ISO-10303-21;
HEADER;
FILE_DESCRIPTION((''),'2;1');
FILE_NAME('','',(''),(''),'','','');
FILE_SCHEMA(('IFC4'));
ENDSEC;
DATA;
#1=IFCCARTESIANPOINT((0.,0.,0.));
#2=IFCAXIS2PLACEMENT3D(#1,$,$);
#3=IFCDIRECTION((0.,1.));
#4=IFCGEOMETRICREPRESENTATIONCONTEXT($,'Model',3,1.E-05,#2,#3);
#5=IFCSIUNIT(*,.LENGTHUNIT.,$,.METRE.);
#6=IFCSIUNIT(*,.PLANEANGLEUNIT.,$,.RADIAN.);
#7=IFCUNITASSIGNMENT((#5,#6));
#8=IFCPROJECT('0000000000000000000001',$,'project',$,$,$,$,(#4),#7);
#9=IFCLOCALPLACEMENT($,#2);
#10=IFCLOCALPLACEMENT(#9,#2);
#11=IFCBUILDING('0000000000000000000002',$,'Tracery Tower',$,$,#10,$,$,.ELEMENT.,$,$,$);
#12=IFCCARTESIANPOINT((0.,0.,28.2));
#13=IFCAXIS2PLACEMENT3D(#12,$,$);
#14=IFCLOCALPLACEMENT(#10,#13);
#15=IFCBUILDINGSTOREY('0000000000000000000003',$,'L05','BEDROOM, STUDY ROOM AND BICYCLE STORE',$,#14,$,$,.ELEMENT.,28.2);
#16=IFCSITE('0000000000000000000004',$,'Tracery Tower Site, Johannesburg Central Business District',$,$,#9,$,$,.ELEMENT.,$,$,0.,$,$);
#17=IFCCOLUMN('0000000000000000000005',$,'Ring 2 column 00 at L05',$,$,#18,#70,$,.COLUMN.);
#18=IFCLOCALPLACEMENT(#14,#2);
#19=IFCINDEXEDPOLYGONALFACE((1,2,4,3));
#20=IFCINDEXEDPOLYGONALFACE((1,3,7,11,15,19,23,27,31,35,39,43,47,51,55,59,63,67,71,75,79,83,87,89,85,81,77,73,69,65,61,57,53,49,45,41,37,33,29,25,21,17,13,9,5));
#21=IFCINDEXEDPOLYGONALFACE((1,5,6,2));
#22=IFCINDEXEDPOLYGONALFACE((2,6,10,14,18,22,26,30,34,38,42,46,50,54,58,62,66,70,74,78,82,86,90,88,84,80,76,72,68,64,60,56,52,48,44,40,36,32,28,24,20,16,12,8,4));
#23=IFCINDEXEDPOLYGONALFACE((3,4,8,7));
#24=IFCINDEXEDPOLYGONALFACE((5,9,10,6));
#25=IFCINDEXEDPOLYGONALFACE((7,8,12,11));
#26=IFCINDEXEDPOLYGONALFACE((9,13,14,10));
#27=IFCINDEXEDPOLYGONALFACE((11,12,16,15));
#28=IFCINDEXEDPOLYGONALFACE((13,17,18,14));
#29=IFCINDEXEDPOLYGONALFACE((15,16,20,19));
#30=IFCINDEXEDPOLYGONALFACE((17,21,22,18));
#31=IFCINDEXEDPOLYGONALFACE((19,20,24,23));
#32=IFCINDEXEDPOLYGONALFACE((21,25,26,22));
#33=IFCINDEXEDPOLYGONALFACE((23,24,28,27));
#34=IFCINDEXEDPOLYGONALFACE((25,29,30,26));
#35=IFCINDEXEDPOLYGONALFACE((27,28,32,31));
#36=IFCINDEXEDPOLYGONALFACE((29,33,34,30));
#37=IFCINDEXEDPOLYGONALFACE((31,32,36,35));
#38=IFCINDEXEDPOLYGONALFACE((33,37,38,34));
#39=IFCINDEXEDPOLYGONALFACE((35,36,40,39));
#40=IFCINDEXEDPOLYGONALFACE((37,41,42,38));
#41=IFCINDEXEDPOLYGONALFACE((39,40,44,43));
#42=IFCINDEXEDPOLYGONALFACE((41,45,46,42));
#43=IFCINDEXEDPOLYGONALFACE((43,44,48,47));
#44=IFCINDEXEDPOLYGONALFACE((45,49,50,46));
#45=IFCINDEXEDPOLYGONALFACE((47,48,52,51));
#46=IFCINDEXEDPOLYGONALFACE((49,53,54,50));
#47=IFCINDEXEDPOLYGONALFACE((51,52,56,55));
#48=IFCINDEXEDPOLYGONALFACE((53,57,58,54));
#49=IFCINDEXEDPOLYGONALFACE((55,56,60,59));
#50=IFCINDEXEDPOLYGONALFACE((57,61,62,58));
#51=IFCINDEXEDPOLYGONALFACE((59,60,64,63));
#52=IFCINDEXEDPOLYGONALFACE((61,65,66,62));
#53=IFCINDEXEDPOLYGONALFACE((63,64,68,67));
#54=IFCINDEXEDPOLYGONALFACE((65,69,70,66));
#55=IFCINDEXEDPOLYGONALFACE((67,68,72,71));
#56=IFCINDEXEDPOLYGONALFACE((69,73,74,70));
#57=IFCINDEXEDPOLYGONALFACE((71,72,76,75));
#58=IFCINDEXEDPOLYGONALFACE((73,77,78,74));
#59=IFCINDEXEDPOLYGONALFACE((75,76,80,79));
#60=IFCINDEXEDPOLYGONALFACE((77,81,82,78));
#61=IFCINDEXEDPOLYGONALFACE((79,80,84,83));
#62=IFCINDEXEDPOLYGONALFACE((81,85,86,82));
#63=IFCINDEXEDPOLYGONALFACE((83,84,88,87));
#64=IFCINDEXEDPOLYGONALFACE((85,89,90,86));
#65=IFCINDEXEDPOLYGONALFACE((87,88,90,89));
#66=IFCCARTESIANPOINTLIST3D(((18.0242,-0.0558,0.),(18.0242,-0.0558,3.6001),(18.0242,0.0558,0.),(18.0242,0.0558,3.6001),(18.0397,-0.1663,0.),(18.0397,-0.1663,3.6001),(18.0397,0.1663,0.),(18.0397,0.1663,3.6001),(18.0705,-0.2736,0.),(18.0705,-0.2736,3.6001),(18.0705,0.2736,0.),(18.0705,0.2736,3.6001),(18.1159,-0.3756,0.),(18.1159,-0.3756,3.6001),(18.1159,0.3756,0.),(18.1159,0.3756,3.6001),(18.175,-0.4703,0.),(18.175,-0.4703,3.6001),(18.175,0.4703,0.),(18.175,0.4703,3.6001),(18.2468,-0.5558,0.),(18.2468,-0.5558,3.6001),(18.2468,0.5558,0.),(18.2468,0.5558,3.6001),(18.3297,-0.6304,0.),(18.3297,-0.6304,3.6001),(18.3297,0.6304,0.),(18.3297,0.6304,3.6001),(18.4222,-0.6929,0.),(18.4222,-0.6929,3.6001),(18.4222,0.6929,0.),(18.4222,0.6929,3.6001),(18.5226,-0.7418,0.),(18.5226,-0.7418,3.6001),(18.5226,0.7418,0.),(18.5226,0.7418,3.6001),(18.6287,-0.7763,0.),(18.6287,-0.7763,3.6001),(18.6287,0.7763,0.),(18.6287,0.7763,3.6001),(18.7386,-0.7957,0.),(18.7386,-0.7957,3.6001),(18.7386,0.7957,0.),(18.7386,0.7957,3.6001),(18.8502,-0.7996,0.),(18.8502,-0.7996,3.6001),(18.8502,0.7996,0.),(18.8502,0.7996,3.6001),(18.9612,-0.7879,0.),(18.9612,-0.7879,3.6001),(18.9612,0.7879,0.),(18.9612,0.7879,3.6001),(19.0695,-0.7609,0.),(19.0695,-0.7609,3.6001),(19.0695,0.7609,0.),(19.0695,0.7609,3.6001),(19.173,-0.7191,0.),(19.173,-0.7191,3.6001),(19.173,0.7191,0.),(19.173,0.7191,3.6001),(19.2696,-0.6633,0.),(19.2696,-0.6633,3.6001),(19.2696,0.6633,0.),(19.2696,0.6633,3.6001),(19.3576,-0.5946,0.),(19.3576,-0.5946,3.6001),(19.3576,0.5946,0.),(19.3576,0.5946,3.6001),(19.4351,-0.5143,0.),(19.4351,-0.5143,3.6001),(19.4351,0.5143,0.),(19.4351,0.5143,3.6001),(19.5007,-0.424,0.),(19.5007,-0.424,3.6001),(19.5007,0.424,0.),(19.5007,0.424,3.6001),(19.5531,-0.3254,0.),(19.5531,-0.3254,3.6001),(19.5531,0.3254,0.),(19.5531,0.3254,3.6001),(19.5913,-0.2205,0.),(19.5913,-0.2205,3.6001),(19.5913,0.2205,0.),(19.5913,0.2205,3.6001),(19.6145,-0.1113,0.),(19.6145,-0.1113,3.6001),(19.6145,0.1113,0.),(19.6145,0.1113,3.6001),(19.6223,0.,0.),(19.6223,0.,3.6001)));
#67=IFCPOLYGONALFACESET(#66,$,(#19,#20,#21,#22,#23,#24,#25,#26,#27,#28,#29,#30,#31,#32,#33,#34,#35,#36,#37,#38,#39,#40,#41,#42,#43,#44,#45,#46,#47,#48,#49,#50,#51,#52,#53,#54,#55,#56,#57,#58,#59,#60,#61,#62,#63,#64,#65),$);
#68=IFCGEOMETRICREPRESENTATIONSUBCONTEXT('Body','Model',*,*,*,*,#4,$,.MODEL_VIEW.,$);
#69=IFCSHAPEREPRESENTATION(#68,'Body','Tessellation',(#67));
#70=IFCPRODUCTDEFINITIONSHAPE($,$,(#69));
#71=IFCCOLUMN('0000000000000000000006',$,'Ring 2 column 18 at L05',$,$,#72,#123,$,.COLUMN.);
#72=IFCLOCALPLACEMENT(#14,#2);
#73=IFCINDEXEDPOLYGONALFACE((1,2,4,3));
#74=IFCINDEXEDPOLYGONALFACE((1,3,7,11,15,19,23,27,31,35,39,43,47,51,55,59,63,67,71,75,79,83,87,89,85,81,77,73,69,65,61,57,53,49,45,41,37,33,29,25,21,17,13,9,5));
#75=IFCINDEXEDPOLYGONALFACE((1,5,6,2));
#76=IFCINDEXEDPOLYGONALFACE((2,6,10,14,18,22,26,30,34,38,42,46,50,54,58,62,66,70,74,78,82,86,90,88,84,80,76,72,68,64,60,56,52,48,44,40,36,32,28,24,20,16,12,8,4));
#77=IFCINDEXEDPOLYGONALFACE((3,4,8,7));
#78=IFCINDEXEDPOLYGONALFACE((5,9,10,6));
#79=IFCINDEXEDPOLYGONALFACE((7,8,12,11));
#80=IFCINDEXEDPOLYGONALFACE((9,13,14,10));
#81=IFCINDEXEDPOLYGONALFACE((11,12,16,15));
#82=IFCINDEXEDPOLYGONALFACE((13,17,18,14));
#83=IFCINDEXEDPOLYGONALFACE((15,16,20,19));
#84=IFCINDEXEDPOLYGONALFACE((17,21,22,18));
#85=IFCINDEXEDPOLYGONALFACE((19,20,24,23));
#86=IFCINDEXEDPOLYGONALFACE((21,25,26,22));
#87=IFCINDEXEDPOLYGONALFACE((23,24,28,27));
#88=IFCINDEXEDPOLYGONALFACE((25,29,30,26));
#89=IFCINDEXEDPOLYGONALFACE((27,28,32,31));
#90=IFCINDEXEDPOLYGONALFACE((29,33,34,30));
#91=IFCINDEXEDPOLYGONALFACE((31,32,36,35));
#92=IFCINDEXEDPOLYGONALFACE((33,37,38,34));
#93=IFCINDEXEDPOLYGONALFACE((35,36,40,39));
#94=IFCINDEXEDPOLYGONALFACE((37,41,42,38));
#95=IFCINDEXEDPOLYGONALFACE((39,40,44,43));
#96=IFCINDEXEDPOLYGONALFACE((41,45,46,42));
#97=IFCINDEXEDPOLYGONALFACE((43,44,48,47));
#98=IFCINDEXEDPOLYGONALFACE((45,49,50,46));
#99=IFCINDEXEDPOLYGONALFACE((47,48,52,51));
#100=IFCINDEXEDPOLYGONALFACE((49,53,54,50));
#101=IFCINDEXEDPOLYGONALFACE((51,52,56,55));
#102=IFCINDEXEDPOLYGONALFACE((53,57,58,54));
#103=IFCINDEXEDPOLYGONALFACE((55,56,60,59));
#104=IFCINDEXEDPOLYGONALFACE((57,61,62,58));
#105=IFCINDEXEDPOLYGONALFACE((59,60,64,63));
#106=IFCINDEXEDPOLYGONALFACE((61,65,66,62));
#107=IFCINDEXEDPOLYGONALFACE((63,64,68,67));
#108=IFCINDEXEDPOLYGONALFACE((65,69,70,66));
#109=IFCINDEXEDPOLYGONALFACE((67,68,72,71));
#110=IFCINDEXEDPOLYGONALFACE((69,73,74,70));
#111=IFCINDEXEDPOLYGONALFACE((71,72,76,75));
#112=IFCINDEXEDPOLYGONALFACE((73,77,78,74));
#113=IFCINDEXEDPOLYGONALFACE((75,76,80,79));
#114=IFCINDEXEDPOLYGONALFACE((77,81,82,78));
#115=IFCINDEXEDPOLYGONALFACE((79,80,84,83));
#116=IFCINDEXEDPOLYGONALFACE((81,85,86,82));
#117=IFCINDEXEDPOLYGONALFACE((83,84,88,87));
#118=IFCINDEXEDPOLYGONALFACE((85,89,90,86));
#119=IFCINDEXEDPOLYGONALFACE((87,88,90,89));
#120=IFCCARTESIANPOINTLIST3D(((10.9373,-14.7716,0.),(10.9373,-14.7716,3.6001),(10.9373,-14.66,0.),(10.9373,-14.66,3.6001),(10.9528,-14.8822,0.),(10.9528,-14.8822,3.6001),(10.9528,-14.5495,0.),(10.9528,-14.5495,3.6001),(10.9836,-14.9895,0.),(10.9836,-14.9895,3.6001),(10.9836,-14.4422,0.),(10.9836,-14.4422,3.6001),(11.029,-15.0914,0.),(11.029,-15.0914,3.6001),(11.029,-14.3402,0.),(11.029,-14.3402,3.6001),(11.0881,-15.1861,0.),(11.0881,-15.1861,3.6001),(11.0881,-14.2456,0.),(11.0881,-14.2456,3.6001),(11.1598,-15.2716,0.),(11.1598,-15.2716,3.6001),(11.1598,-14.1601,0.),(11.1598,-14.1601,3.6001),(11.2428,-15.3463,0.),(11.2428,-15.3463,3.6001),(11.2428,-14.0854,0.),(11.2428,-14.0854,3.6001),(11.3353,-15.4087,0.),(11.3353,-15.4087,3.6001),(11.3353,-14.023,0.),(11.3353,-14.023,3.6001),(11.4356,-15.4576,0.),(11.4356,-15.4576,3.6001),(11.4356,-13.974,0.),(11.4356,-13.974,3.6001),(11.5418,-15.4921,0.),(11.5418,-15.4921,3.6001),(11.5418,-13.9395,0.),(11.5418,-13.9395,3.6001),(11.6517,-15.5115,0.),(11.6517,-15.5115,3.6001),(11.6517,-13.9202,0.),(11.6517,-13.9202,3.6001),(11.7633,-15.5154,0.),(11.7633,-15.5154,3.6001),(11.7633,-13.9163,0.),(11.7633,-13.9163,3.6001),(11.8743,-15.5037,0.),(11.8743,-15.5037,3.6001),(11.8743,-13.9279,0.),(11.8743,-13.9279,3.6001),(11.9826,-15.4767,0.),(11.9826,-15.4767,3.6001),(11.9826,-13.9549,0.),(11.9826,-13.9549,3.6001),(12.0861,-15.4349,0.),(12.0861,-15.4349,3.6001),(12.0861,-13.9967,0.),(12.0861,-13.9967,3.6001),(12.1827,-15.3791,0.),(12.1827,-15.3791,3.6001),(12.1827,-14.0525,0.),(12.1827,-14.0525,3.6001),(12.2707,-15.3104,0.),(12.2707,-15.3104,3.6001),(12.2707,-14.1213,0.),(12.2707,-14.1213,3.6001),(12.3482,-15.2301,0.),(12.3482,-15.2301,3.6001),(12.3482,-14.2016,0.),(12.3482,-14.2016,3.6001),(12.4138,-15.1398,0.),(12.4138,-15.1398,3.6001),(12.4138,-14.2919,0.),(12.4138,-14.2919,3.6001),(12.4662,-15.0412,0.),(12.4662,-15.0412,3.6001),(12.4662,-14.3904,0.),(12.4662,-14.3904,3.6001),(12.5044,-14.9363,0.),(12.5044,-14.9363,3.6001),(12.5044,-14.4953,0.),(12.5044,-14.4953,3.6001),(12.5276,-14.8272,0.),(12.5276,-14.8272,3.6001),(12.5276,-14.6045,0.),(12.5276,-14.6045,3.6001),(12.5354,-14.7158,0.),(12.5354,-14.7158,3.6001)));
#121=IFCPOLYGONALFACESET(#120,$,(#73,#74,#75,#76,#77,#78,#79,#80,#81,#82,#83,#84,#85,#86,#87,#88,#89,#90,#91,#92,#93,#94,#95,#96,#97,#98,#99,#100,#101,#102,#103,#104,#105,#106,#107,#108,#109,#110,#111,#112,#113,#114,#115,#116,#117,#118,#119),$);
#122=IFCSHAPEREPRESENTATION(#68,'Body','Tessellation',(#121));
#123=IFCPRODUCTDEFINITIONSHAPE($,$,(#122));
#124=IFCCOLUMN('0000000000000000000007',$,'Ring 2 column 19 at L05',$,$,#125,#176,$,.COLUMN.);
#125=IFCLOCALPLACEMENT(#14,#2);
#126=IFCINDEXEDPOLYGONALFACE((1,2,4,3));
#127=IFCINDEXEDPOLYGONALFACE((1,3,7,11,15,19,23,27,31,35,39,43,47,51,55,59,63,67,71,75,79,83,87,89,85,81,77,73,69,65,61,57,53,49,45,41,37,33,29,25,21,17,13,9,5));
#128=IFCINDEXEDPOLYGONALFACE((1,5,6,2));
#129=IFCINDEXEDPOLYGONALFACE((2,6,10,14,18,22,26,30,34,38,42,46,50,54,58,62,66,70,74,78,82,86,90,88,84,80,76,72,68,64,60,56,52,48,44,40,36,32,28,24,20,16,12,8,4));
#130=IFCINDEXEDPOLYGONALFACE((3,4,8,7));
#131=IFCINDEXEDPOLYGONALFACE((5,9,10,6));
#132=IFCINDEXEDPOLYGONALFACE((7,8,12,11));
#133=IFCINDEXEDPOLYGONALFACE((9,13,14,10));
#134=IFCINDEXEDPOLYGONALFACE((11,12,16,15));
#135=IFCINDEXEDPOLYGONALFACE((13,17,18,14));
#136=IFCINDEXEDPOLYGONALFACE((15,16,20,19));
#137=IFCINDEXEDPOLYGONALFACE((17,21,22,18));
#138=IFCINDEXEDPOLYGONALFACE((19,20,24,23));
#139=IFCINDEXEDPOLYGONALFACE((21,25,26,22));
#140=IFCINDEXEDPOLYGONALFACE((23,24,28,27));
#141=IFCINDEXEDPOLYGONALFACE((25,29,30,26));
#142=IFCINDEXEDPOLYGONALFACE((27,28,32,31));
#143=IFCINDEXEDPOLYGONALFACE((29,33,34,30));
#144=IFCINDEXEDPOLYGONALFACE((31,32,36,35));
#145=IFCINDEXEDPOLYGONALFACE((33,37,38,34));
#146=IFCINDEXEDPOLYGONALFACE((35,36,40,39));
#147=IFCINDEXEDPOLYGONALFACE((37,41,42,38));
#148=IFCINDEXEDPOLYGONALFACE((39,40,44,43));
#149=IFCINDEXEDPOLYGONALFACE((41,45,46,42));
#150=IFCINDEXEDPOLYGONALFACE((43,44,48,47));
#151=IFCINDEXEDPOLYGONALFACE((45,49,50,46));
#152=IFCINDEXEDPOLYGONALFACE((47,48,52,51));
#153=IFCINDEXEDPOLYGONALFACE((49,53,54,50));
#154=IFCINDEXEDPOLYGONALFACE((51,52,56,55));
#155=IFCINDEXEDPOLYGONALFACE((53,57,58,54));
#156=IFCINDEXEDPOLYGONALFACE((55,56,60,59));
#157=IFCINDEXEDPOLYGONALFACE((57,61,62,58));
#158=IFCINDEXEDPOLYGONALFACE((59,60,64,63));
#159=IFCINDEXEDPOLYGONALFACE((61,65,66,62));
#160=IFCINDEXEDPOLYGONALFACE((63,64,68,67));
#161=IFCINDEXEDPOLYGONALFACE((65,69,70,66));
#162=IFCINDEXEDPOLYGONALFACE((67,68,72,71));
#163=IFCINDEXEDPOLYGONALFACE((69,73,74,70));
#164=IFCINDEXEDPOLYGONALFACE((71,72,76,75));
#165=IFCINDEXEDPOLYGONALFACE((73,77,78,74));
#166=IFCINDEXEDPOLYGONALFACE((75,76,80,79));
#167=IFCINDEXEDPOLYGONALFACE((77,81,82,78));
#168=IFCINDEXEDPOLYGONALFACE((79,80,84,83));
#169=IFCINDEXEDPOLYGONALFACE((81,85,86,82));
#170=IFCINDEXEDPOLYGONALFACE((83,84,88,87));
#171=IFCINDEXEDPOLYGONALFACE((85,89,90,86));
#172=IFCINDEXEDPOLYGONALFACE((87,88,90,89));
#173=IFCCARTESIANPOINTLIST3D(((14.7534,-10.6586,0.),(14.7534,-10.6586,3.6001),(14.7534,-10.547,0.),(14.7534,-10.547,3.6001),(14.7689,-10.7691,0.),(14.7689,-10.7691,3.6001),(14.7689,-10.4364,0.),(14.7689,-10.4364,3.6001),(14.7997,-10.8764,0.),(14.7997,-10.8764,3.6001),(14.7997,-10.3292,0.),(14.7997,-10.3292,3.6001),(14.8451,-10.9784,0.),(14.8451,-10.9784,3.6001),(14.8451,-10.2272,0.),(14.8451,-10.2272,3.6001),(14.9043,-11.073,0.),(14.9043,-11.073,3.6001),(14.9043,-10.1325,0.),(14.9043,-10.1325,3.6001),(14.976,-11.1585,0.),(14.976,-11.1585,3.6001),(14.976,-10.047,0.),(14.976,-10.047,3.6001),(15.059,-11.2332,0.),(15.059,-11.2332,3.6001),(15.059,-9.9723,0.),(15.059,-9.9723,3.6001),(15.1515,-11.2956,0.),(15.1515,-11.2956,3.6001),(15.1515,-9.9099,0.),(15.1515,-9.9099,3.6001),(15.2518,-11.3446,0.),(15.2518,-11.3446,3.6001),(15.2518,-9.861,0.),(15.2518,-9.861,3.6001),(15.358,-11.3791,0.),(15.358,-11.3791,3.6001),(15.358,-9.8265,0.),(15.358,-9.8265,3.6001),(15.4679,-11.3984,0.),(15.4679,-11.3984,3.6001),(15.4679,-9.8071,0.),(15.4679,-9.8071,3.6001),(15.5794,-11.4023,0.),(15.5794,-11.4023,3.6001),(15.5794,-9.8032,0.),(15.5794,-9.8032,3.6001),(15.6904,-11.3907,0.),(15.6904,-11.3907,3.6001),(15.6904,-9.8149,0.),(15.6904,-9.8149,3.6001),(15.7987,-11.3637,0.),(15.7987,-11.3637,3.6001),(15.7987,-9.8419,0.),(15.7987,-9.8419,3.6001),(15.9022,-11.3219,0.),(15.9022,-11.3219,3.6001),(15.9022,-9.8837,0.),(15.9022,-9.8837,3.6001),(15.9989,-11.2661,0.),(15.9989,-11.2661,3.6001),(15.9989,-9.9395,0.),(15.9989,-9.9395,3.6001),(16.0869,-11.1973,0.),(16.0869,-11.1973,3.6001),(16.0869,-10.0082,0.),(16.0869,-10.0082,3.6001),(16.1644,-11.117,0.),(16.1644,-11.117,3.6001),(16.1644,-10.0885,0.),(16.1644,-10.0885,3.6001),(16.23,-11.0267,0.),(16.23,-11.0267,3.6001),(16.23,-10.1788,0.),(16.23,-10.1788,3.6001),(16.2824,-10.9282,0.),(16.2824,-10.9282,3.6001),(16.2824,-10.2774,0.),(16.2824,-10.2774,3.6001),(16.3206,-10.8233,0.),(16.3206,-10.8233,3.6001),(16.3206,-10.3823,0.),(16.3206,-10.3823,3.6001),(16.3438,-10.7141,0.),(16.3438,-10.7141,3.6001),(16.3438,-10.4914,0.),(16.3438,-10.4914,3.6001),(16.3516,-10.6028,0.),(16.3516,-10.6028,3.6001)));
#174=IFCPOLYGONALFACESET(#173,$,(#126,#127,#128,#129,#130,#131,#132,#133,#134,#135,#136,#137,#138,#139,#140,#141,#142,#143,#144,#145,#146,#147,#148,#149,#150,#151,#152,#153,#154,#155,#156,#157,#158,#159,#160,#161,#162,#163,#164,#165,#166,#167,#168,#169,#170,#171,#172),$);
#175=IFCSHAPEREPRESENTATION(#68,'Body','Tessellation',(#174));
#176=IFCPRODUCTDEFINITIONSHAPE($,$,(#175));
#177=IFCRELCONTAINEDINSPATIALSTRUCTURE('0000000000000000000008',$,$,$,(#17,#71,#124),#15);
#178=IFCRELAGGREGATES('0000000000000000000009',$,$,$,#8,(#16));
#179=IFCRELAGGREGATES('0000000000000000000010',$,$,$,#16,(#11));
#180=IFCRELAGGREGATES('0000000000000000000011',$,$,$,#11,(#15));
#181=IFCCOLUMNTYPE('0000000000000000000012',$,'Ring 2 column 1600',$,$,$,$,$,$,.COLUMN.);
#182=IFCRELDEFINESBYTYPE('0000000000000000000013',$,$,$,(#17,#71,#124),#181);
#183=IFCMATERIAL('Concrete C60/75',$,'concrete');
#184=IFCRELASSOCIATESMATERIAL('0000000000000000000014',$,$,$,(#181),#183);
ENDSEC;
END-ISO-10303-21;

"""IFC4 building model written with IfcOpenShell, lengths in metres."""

from ifc_helpers import new_model, si_unit, direction, frame, origin, origin_2d, place, context, subcontext, project, spatial, circle, extrude, material, material_profile, profile_set, type_object, element, save


model = new_model("IFC4")

# Units and contexts
model_context = context("Model", 3, precision=1e-05, world=origin(), true_north=direction((0.0, 1.0)))
body_context = subcontext(model_context, "Body", "Model", "MODEL_VIEW")
ifc_project = project(units=[si_unit("LENGTHUNIT", "METRE"), si_unit("PLANEANGLEUNIT", "RADIAN")], contexts=[model_context])

# Site, building, storey
site_placement = place(None, origin())
site = spatial("IfcSite", under=ifc_project, at=site_placement, Name="Tracery Tower Site, Johannesburg Central Business District", CompositionType="ELEMENT", RefElevation=0.0)
building_placement = place(site_placement, origin())
building = spatial("IfcBuilding", under=site, at=building_placement, Name="Tracery Tower", CompositionType="ELEMENT")
storey_placement = place(building_placement, frame((0.0, 0.0, 28.2)))
storey = spatial("IfcBuildingStorey", under=building, at=storey_placement, Name="L05", Description="BEDROOM, STUDY ROOM AND BICYCLE STORE", CompositionType="ELEMENT", Elevation=28.2)

# Columns
ifc_material_1 = material(Name="Concrete C60/75", Category="concrete")
ifc_material_profile = material_profile(ifc_material_1, circle(Radius=0.8, at=origin_2d()), Name="RC D1600")
ifc_profile_set = profile_set([ifc_material_profile], Name="Concrete C60/75")
column_type = type_object("IfcColumnType", Name="Ring 2 column 1600", PredefinedType="COLUMN", material=ifc_profile_set)
for number, where, z_axis, x_axis, name in (
    (1, (18.8223, 0.0, 0.0), (0.0, 0.0, 1.0), (1.0, 0.0, 0.0), "Ring 2 column 00 at L05"),
    (2, (11.7354, -14.7158, 0.0), (0.0, 0.0, 1.0), (1.0, 0.0, 0.0), "Ring 2 column 18 at L05"),
    (3, (15.5515, -10.6028, 0.0), (0.0, 0.0, 1.0), (1.0, 0.0, 0.0), "Ring 2 column 19 at L05"),
):
    element("IfcColumn", number, at=place(storey_placement, frame(where, z_axis=z_axis, x_axis=x_axis)), inside=storey, type_object=column_type, Name=name, PredefinedType="COLUMN", context=body_context, shape_type="SweptSolid", body=[
        extrude(circle(Radius=0.8, at=origin_2d()), origin(), (0.0, 0.0, 1.0), 3.6001),
    ])

save(model, "model.ifc")
